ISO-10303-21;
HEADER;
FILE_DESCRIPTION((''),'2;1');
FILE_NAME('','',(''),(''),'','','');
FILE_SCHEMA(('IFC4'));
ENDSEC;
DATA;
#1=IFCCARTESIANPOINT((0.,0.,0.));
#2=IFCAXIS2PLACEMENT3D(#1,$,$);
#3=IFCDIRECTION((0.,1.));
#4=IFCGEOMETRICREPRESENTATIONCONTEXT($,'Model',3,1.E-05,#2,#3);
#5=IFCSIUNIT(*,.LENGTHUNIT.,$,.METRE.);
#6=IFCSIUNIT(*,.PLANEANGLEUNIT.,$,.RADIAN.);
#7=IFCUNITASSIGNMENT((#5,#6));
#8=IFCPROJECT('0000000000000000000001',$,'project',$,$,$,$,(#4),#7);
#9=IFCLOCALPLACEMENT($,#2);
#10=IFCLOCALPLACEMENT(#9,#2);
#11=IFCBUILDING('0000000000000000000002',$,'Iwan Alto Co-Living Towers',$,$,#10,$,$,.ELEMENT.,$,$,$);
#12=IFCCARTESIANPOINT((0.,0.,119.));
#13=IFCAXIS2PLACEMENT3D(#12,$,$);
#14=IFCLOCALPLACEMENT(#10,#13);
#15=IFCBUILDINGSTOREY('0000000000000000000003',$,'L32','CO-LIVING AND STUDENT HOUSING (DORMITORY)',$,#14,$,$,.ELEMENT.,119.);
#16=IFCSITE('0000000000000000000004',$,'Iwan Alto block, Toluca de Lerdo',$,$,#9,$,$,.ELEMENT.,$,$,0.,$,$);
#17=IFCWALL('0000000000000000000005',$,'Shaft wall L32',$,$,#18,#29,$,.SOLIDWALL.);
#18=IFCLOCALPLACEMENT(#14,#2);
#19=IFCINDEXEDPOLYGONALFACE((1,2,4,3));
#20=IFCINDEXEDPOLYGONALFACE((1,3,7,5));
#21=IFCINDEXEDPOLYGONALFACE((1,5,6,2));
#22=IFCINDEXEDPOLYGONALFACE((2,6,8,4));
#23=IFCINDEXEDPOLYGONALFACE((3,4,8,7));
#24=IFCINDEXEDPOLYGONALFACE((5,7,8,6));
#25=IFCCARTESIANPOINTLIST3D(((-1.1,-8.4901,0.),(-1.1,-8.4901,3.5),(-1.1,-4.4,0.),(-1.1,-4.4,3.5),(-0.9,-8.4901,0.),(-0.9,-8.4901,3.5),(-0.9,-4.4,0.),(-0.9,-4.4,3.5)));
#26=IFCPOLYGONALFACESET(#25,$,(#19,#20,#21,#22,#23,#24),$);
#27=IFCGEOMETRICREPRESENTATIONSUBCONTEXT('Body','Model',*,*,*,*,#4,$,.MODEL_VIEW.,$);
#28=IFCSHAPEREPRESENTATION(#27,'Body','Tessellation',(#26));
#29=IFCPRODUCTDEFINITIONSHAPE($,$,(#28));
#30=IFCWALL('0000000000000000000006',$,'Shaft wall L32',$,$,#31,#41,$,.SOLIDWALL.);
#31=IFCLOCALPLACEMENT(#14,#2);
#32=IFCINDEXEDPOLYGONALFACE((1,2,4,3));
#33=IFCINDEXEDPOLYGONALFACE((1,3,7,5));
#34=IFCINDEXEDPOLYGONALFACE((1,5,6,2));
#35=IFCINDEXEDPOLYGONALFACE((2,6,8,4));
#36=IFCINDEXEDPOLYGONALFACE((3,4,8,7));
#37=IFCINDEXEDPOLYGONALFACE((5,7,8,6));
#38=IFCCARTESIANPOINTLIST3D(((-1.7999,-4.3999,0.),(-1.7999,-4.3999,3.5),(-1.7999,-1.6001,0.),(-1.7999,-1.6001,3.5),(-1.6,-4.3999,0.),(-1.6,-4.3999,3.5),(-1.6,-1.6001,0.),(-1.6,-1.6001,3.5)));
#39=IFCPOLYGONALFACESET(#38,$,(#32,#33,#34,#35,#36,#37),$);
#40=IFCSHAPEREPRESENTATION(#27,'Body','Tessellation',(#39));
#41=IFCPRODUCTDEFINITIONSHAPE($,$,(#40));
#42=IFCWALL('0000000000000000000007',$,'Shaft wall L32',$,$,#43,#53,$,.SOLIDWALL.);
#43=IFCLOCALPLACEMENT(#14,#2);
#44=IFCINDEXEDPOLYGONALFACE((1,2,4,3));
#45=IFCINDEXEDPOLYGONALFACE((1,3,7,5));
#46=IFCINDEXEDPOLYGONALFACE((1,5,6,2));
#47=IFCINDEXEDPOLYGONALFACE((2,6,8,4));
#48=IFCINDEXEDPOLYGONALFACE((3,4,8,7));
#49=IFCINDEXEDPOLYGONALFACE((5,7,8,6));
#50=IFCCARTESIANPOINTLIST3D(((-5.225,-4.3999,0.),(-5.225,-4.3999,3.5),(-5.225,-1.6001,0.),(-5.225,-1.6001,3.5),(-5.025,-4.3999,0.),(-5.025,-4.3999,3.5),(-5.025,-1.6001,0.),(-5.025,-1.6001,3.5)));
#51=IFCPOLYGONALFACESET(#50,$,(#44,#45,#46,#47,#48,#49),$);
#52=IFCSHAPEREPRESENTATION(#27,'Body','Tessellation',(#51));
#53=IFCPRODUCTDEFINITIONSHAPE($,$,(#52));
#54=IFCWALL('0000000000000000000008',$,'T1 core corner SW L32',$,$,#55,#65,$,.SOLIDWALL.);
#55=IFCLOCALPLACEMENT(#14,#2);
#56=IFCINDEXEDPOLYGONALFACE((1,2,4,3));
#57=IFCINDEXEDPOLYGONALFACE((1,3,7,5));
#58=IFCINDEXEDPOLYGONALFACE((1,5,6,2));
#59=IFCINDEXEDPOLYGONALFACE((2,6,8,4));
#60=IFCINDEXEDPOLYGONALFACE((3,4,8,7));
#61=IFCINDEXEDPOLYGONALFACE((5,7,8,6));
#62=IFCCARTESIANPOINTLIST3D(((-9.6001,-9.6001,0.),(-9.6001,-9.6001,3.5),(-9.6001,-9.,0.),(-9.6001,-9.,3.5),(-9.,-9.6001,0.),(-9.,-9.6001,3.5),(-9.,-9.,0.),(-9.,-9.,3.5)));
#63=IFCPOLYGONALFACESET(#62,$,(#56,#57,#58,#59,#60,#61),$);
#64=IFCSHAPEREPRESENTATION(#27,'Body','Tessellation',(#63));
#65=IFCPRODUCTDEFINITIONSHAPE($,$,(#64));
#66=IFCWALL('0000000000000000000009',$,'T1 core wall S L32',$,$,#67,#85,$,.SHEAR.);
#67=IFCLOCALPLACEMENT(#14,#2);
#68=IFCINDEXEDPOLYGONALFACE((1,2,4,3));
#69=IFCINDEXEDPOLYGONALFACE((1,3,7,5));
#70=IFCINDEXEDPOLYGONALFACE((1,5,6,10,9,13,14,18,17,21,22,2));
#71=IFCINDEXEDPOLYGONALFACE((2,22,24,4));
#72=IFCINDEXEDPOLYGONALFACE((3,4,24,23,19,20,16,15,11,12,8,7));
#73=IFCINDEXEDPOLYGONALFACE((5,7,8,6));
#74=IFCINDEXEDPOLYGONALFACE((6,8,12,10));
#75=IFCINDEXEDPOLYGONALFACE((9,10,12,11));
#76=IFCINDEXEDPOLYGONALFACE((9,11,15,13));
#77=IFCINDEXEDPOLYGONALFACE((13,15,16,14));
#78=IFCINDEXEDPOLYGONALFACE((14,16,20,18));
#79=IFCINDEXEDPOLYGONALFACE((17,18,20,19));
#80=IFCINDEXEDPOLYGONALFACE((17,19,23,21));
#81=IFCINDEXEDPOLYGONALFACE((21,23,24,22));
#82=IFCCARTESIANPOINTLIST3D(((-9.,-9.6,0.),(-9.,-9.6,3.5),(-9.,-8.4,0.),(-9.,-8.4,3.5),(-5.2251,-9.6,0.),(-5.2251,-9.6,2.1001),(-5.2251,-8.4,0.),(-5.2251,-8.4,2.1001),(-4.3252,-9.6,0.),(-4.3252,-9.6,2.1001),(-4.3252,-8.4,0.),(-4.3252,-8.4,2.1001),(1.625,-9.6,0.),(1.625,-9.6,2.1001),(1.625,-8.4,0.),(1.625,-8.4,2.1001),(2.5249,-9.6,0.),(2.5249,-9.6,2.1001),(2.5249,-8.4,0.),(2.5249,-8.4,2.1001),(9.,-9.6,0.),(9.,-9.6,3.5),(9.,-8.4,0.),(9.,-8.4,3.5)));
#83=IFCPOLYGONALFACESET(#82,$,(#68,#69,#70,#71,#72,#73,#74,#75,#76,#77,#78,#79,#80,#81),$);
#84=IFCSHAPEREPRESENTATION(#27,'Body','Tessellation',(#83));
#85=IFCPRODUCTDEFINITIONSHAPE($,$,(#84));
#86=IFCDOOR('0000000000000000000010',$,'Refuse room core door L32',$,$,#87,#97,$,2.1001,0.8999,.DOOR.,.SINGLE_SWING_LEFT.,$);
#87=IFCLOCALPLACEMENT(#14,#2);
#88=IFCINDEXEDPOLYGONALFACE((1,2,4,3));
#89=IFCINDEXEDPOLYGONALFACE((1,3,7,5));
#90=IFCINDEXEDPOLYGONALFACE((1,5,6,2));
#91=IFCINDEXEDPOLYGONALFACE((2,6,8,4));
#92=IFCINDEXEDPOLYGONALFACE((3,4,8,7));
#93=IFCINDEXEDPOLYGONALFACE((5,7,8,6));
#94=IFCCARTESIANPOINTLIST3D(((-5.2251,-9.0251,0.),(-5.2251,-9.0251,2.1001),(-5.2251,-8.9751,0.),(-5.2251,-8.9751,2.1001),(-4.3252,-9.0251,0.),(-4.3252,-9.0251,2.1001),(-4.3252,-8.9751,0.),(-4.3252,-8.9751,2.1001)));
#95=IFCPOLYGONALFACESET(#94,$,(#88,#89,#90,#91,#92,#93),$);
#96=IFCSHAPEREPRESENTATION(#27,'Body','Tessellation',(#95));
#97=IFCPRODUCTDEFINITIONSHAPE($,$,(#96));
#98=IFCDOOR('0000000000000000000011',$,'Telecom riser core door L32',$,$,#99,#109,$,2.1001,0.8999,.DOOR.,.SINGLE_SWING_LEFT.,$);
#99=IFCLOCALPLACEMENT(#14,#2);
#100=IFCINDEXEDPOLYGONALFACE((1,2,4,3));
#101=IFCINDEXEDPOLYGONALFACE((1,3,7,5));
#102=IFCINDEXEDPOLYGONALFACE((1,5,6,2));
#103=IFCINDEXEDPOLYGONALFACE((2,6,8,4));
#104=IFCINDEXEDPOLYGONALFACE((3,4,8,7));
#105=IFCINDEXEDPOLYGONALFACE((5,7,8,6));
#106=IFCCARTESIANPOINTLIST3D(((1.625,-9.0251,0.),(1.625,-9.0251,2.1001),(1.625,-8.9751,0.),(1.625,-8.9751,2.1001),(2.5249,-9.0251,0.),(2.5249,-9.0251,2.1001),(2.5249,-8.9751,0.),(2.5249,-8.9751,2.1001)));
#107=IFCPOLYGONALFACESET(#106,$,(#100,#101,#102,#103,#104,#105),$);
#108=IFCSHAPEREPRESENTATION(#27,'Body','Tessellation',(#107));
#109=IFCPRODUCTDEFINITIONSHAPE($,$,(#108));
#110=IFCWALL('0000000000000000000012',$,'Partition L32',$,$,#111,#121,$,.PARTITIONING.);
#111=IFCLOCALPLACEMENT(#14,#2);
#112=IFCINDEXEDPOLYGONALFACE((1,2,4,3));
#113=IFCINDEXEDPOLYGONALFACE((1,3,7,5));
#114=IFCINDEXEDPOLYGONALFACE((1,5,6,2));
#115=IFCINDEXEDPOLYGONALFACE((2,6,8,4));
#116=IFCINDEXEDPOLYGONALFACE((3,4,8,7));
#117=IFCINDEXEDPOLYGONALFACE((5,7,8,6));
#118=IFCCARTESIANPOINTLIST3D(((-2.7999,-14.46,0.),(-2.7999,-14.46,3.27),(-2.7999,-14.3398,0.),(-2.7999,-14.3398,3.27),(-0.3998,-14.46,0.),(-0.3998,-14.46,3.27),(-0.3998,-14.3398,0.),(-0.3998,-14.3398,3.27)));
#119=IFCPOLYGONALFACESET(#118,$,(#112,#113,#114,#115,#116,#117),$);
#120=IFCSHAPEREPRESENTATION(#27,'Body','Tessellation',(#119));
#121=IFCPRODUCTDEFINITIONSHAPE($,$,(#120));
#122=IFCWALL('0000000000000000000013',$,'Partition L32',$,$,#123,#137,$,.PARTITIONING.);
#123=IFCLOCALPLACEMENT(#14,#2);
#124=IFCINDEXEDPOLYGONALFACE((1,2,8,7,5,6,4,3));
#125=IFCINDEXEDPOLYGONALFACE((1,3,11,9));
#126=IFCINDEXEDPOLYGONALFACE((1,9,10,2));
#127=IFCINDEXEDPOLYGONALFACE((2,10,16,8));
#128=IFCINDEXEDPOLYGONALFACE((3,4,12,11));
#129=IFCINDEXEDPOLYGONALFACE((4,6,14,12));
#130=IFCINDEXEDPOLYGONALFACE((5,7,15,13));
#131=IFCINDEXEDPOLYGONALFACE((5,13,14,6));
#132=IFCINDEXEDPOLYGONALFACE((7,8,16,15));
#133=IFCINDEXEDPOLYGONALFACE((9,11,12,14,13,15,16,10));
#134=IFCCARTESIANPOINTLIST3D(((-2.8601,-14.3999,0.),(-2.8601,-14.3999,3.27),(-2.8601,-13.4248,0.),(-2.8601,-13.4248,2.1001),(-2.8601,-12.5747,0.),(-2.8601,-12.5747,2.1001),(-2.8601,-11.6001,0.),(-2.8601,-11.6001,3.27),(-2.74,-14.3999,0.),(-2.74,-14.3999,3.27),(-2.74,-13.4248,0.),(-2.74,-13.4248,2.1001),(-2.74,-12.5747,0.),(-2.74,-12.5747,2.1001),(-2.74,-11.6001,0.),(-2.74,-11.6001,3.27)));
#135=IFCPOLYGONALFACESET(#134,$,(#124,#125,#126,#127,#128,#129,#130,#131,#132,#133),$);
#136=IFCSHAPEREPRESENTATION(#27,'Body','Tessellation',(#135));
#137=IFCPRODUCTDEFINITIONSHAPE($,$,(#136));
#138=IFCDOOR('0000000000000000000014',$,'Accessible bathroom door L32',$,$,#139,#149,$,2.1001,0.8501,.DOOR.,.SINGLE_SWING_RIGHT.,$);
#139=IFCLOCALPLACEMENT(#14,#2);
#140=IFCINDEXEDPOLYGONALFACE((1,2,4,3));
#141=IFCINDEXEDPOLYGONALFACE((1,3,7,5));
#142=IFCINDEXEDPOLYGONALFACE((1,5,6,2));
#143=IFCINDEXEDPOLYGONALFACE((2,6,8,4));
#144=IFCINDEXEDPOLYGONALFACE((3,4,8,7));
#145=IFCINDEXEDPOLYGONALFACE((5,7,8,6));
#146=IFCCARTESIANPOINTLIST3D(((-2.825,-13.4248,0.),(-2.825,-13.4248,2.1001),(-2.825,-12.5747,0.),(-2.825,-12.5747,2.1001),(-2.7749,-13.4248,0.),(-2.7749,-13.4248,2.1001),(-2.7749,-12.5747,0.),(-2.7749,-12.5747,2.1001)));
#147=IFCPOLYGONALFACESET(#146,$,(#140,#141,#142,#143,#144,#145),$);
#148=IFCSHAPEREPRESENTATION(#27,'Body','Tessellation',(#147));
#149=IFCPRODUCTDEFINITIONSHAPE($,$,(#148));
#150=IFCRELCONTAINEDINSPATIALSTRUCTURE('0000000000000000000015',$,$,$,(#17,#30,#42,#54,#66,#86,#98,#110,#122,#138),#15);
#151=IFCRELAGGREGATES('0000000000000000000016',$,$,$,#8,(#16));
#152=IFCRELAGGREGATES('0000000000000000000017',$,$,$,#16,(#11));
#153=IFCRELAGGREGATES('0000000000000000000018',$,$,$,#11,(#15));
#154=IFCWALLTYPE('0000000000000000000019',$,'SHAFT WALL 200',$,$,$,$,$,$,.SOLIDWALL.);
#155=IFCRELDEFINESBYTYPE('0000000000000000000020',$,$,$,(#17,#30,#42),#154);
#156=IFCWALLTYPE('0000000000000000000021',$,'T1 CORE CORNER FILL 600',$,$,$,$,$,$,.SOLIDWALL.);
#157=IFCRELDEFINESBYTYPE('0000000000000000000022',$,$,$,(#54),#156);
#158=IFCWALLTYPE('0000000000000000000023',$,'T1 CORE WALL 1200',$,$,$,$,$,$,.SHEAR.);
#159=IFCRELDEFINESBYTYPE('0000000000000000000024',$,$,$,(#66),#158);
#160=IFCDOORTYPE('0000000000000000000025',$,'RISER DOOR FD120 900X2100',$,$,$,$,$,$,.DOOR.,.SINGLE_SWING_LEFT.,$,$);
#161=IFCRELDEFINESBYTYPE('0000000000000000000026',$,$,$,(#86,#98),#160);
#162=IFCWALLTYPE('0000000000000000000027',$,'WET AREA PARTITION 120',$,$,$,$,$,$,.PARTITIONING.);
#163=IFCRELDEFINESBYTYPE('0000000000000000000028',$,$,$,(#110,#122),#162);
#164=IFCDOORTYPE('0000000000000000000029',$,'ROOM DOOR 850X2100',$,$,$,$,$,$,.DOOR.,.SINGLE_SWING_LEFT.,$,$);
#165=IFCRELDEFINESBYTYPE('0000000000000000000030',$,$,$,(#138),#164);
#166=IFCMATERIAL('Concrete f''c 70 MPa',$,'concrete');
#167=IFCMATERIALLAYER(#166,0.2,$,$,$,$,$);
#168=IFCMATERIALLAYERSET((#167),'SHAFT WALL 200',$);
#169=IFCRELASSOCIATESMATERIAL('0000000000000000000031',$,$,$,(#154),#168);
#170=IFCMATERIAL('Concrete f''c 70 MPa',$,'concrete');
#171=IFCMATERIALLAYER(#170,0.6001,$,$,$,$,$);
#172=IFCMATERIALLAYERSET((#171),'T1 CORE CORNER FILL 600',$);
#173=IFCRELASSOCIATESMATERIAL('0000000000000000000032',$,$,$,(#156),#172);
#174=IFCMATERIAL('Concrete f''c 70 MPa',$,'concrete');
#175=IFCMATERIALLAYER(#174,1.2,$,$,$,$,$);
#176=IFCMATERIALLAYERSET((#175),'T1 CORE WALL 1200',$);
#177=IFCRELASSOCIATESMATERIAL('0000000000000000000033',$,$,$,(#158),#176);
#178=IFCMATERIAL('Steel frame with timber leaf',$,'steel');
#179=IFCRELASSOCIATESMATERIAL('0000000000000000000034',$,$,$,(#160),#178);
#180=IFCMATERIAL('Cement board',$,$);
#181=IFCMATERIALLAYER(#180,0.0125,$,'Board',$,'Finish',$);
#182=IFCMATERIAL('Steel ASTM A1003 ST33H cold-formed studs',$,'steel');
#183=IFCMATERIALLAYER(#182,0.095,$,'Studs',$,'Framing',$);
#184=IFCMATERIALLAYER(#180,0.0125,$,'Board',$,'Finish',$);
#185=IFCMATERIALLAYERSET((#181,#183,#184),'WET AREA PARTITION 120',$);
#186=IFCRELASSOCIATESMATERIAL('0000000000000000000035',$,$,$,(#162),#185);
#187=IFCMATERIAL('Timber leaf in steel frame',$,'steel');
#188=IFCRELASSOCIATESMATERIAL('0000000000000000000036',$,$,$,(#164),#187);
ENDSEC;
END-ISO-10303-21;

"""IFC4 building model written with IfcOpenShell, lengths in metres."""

from ifc_helpers import new_model, si_unit, direction, frame, frame_2d, origin, place, context, subcontext, project, spatial, rectangle, extrude, material, layer, layer_set, type_object, element, fill, save


model = new_model("IFC4")

# Units and contexts
model_context = context("Model", 3, precision=1e-05, world=origin(), true_north=direction((0.0, 1.0)))
body_context = subcontext(model_context, "Body", "Model", "MODEL_VIEW")
ifc_project = project(units=[si_unit("LENGTHUNIT", "METRE"), si_unit("PLANEANGLEUNIT", "RADIAN")], contexts=[model_context])

# Site, building, storey
site_placement = place(None, origin())
site = spatial("IfcSite", under=ifc_project, at=site_placement, Name="Iwan Alto block, Toluca de Lerdo", CompositionType="ELEMENT", RefElevation=0.0)
building_placement = place(site_placement, origin())
building = spatial("IfcBuilding", under=site, at=building_placement, Name="Iwan Alto Co-Living Towers", CompositionType="ELEMENT")
storey_placement = place(building_placement, frame((0.0, 0.0, 119.0)))
storey = spatial("IfcBuildingStorey", under=building, at=storey_placement, Name="L32", Description="CO-LIVING AND STUDENT HOUSING (DORMITORY)", CompositionType="ELEMENT", Elevation=119.0)

# Shared definitions
ifc_material_1 = material(Name="Steel ASTM A1003 ST33H cold-formed studs", Category="steel")

# Shared definitions
ifc_material_2 = material(Name="Concrete f'c 70 MPa", Category="concrete")
ifc_layer_1 = layer(ifc_material_2, 0.2)
ifc_layer_set_1 = layer_set([ifc_layer_1], Name="SHAFT WALL 200")
wall_type_1 = type_object("IfcWallType", Name="SHAFT WALL 200", PredefinedType="SOLIDWALL", material=ifc_layer_set_1)

# Walls
wall_1_placement = place(storey_placement, frame((-1.0, -8.49, 0.0), z_axis=(0.0, 0.0, 1.0), x_axis=(0.0, 1.0, 0.0)))
element("IfcWall", 1, at=wall_1_placement, inside=storey, type_object=wall_type_1, Name="Shaft wall L32", PredefinedType="SOLIDWALL", context=body_context, shape_type="SweptSolid", body=[
    extrude(rectangle(XDim=4.0901, YDim=0.2, at=frame_2d((2.0449, 0.0))), origin(), (0.0, 0.0, 1.0), 3.5),
])
for number, where, z_axis, x_axis, name in (
    (2, (-1.7, -4.3999, 0.0), (0.0, 0.0, 1.0), (0.0, 1.0, 0.0), "Shaft wall L32"),
    (3, (-5.125, -4.3999, 0.0), (0.0, 0.0, 1.0), (0.0, 1.0, 0.0), "Shaft wall L32"),
):
    element("IfcWall", number, at=place(storey_placement, frame(where, z_axis=z_axis, x_axis=x_axis)), inside=storey, type_object=wall_type_1, Name=name, PredefinedType="SOLIDWALL", context=body_context, shape_type="SweptSolid", body=[
        extrude(rectangle(XDim=2.7998, YDim=0.2, at=frame_2d((1.3999, 0.0))), origin(), (0.0, 0.0, 1.0), 3.5),
    ])
ifc_material_3 = material(Name="Concrete f'c 70 MPa", Category="concrete")
ifc_layer_2 = layer(ifc_material_3, 0.6001)
ifc_layer_set_2 = layer_set([ifc_layer_2], Name="T1 CORE CORNER FILL 600")
wall_type_2 = type_object("IfcWallType", Name="T1 CORE CORNER FILL 600", PredefinedType="SOLIDWALL", material=ifc_layer_set_2)
wall_2_placement = place(storey_placement, frame((-9.6001, -9.3, 0.0), z_axis=(0.0, 0.0, 1.0), x_axis=(1.0, 0.0, 0.0)))
element("IfcWall", 4, at=wall_2_placement, inside=storey, type_object=wall_type_2, Name="T1 core corner SW L32", PredefinedType="SOLIDWALL", context=body_context, shape_type="SweptSolid", body=[
    extrude(rectangle(XDim=0.6001, YDim=0.6001, at=frame_2d((0.3, 0.0))), origin(), (0.0, 0.0, 1.0), 3.5),
])

# Wall, openings, doors
ifc_material_4 = material(Name="Concrete f'c 70 MPa", Category="concrete")
ifc_layer_3 = layer(ifc_material_4, 1.2)
ifc_layer_set_3 = layer_set([ifc_layer_3], Name="T1 CORE WALL 1200")
wall_type_3 = type_object("IfcWallType", Name="T1 CORE WALL 1200", PredefinedType="SHEAR", material=ifc_layer_set_3)
wall_3_placement = place(storey_placement, frame((-9.0, -9.0, 0.0), z_axis=(0.0, 0.0, 1.0), x_axis=(1.0, 0.0, 0.0)))
wall_3 = element("IfcWall", 5, at=wall_3_placement, inside=storey, type_object=wall_type_3, Name="T1 core wall S L32", PredefinedType="SHEAR", context=body_context, shape_type="SweptSolid", body=[
    extrude(rectangle(XDim=18.0, YDim=1.2, at=frame_2d((9.0, 0.0))), origin(), (0.0, 0.0, 1.0), 3.5),
])
opening_1_placement = place(wall_3_placement, frame((3.7749, 0.0, 0.0)))
opening_1 = element("IfcOpeningElement", 6, at=opening_1_placement, cuts=wall_3, PredefinedType="OPENING", context=body_context, shape_type="SweptSolid", body=[
    extrude(rectangle(XDim=0.8999, YDim=2.1001, at=frame_2d((0.45, 1.05))), frame((0.0, 0.6099, 0.0), z_axis=(0.0, -1.0, 0.0), x_axis=(1.0, 0.0, 0.0)), (0.0, 0.0, 1.0), 1.22),
])
opening_2_placement = place(wall_3_placement, frame((10.625, 0.0, 0.0)))
opening_2 = element("IfcOpeningElement", 7, at=opening_2_placement, cuts=wall_3, PredefinedType="OPENING", context=body_context, shape_type="SweptSolid", body=[
    extrude(rectangle(XDim=0.8999, YDim=2.1001, at=frame_2d((0.45, 1.05))), frame((0.0, 0.6099, 0.0), z_axis=(0.0, -1.0, 0.0), x_axis=(1.0, 0.0, 0.0)), (0.0, 0.0, 1.0), 1.22),
])
ifc_material_5 = material(Name="Steel frame with timber leaf", Category="steel")
door_type_1 = type_object("IfcDoorType", Name="RISER DOOR FD120 900X2100", OperationType="SINGLE_SWING_LEFT", PredefinedType="DOOR", material=ifc_material_5)
door_1_placement = place(opening_1_placement, origin())
door_1 = element("IfcDoor", 8, at=door_1_placement, inside=storey, type_object=door_type_1, Name="Refuse room core door L32", OperationType="SINGLE_SWING_LEFT", OverallHeight=2.1001, OverallWidth=0.8999, PredefinedType="DOOR", context=body_context, shape_type="SweptSolid", body=[
    extrude(rectangle(XDim=0.8999, YDim=2.1001, at=frame_2d((0.45, 1.05))), frame((0.0, 0.0249, 0.0), z_axis=(0.0, -1.0, 0.0), x_axis=(1.0, 0.0, 0.0)), (0.0, 0.0, 1.0), 0.05),
])
fill(opening_1, door_1)
door_2_placement = place(opening_2_placement, origin())
door_2 = element("IfcDoor", 9, at=door_2_placement, inside=storey, type_object=door_type_1, Name="Telecom riser core door L32", OperationType="SINGLE_SWING_LEFT", OverallHeight=2.1001, OverallWidth=0.8999, PredefinedType="DOOR", context=body_context, shape_type="SweptSolid", body=[
    extrude(rectangle(XDim=0.8999, YDim=2.1001, at=frame_2d((0.45, 1.05))), frame((0.0, 0.0249, 0.0), z_axis=(0.0, -1.0, 0.0), x_axis=(1.0, 0.0, 0.0)), (0.0, 0.0, 1.0), 0.05),
])
fill(opening_2, door_2)

# Wall
ifc_material_6 = material(Name="Cement board")
ifc_layer_4 = layer(ifc_material_6, 0.0125, Name="Board", Category="Finish")
ifc_layer_5 = layer(ifc_material_1, 0.095, Name="Studs", Category="Framing")
ifc_layer_6 = layer(ifc_material_6, 0.0125, Name="Board", Category="Finish")
ifc_layer_set_4 = layer_set([ifc_layer_4, ifc_layer_5, ifc_layer_6], Name="WET AREA PARTITION 120")
wall_type_4 = type_object("IfcWallType", Name="WET AREA PARTITION 120", PredefinedType="PARTITIONING", material=ifc_layer_set_4)
wall_4_placement = place(storey_placement, frame((-2.8, -14.3999, 0.0), z_axis=(0.0, 0.0, 1.0), x_axis=(1.0, 0.0, 0.0)))
element("IfcWall", 10, at=wall_4_placement, inside=storey, type_object=wall_type_4, Name="Partition L32", PredefinedType="PARTITIONING", context=body_context, shape_type="SweptSolid", body=[
    extrude(rectangle(XDim=2.4001, YDim=0.1201, at=frame_2d((1.2002, 0.0))), origin(), (0.0, 0.0, 1.0), 3.27),
])

# Wall, opening, door
wall_5_placement = place(storey_placement, frame((-2.8, -14.3999, 0.0), z_axis=(0.0, 0.0, 1.0), x_axis=(0.0, 1.0, 0.0)))
wall_5 = element("IfcWall", 11, at=wall_5_placement, inside=storey, type_object=wall_type_4, Name="Partition L32", PredefinedType="PARTITIONING", context=body_context, shape_type="SweptSolid", body=[
    extrude(rectangle(XDim=2.7998, YDim=0.1201, at=frame_2d((1.3999, 0.0))), origin(), (0.0, 0.0, 1.0), 3.27),
])
opening_3_placement = place(wall_5_placement, frame((0.9751, 0.0, 0.0)))
opening_3 = element("IfcOpeningElement", 12, at=opening_3_placement, cuts=wall_5, PredefinedType="OPENING", context=body_context, shape_type="SweptSolid", body=[
    extrude(rectangle(XDim=0.8501, YDim=2.1001, at=frame_2d((0.425, 1.05))), frame((0.0, 0.0701, 0.0), z_axis=(0.0, -1.0, 0.0), x_axis=(1.0, 0.0, 0.0)), (0.0, 0.0, 1.0), 0.1401),
])
ifc_material_7 = material(Name="Timber leaf in steel frame", Category="steel")
door_type_2 = type_object("IfcDoorType", Name="ROOM DOOR 850X2100", OperationType="SINGLE_SWING_LEFT", PredefinedType="DOOR", material=ifc_material_7)
door_3_placement = place(opening_3_placement, origin())
door_3 = element("IfcDoor", 13, at=door_3_placement, inside=storey, type_object=door_type_2, Name="Accessible bathroom door L32", OperationType="SINGLE_SWING_RIGHT", OverallHeight=2.1001, OverallWidth=0.8501, PredefinedType="DOOR", context=body_context, shape_type="SweptSolid", body=[
    extrude(rectangle(XDim=0.8501, YDim=2.1001, at=frame_2d((0.425, 1.05))), frame((0.0, 0.0249, 0.0), z_axis=(0.0, -1.0, 0.0), x_axis=(1.0, 0.0, 0.0)), (0.0, 0.0, 1.0), 0.05),
])
fill(opening_3, door_3)

save(model, "model.ifc")
